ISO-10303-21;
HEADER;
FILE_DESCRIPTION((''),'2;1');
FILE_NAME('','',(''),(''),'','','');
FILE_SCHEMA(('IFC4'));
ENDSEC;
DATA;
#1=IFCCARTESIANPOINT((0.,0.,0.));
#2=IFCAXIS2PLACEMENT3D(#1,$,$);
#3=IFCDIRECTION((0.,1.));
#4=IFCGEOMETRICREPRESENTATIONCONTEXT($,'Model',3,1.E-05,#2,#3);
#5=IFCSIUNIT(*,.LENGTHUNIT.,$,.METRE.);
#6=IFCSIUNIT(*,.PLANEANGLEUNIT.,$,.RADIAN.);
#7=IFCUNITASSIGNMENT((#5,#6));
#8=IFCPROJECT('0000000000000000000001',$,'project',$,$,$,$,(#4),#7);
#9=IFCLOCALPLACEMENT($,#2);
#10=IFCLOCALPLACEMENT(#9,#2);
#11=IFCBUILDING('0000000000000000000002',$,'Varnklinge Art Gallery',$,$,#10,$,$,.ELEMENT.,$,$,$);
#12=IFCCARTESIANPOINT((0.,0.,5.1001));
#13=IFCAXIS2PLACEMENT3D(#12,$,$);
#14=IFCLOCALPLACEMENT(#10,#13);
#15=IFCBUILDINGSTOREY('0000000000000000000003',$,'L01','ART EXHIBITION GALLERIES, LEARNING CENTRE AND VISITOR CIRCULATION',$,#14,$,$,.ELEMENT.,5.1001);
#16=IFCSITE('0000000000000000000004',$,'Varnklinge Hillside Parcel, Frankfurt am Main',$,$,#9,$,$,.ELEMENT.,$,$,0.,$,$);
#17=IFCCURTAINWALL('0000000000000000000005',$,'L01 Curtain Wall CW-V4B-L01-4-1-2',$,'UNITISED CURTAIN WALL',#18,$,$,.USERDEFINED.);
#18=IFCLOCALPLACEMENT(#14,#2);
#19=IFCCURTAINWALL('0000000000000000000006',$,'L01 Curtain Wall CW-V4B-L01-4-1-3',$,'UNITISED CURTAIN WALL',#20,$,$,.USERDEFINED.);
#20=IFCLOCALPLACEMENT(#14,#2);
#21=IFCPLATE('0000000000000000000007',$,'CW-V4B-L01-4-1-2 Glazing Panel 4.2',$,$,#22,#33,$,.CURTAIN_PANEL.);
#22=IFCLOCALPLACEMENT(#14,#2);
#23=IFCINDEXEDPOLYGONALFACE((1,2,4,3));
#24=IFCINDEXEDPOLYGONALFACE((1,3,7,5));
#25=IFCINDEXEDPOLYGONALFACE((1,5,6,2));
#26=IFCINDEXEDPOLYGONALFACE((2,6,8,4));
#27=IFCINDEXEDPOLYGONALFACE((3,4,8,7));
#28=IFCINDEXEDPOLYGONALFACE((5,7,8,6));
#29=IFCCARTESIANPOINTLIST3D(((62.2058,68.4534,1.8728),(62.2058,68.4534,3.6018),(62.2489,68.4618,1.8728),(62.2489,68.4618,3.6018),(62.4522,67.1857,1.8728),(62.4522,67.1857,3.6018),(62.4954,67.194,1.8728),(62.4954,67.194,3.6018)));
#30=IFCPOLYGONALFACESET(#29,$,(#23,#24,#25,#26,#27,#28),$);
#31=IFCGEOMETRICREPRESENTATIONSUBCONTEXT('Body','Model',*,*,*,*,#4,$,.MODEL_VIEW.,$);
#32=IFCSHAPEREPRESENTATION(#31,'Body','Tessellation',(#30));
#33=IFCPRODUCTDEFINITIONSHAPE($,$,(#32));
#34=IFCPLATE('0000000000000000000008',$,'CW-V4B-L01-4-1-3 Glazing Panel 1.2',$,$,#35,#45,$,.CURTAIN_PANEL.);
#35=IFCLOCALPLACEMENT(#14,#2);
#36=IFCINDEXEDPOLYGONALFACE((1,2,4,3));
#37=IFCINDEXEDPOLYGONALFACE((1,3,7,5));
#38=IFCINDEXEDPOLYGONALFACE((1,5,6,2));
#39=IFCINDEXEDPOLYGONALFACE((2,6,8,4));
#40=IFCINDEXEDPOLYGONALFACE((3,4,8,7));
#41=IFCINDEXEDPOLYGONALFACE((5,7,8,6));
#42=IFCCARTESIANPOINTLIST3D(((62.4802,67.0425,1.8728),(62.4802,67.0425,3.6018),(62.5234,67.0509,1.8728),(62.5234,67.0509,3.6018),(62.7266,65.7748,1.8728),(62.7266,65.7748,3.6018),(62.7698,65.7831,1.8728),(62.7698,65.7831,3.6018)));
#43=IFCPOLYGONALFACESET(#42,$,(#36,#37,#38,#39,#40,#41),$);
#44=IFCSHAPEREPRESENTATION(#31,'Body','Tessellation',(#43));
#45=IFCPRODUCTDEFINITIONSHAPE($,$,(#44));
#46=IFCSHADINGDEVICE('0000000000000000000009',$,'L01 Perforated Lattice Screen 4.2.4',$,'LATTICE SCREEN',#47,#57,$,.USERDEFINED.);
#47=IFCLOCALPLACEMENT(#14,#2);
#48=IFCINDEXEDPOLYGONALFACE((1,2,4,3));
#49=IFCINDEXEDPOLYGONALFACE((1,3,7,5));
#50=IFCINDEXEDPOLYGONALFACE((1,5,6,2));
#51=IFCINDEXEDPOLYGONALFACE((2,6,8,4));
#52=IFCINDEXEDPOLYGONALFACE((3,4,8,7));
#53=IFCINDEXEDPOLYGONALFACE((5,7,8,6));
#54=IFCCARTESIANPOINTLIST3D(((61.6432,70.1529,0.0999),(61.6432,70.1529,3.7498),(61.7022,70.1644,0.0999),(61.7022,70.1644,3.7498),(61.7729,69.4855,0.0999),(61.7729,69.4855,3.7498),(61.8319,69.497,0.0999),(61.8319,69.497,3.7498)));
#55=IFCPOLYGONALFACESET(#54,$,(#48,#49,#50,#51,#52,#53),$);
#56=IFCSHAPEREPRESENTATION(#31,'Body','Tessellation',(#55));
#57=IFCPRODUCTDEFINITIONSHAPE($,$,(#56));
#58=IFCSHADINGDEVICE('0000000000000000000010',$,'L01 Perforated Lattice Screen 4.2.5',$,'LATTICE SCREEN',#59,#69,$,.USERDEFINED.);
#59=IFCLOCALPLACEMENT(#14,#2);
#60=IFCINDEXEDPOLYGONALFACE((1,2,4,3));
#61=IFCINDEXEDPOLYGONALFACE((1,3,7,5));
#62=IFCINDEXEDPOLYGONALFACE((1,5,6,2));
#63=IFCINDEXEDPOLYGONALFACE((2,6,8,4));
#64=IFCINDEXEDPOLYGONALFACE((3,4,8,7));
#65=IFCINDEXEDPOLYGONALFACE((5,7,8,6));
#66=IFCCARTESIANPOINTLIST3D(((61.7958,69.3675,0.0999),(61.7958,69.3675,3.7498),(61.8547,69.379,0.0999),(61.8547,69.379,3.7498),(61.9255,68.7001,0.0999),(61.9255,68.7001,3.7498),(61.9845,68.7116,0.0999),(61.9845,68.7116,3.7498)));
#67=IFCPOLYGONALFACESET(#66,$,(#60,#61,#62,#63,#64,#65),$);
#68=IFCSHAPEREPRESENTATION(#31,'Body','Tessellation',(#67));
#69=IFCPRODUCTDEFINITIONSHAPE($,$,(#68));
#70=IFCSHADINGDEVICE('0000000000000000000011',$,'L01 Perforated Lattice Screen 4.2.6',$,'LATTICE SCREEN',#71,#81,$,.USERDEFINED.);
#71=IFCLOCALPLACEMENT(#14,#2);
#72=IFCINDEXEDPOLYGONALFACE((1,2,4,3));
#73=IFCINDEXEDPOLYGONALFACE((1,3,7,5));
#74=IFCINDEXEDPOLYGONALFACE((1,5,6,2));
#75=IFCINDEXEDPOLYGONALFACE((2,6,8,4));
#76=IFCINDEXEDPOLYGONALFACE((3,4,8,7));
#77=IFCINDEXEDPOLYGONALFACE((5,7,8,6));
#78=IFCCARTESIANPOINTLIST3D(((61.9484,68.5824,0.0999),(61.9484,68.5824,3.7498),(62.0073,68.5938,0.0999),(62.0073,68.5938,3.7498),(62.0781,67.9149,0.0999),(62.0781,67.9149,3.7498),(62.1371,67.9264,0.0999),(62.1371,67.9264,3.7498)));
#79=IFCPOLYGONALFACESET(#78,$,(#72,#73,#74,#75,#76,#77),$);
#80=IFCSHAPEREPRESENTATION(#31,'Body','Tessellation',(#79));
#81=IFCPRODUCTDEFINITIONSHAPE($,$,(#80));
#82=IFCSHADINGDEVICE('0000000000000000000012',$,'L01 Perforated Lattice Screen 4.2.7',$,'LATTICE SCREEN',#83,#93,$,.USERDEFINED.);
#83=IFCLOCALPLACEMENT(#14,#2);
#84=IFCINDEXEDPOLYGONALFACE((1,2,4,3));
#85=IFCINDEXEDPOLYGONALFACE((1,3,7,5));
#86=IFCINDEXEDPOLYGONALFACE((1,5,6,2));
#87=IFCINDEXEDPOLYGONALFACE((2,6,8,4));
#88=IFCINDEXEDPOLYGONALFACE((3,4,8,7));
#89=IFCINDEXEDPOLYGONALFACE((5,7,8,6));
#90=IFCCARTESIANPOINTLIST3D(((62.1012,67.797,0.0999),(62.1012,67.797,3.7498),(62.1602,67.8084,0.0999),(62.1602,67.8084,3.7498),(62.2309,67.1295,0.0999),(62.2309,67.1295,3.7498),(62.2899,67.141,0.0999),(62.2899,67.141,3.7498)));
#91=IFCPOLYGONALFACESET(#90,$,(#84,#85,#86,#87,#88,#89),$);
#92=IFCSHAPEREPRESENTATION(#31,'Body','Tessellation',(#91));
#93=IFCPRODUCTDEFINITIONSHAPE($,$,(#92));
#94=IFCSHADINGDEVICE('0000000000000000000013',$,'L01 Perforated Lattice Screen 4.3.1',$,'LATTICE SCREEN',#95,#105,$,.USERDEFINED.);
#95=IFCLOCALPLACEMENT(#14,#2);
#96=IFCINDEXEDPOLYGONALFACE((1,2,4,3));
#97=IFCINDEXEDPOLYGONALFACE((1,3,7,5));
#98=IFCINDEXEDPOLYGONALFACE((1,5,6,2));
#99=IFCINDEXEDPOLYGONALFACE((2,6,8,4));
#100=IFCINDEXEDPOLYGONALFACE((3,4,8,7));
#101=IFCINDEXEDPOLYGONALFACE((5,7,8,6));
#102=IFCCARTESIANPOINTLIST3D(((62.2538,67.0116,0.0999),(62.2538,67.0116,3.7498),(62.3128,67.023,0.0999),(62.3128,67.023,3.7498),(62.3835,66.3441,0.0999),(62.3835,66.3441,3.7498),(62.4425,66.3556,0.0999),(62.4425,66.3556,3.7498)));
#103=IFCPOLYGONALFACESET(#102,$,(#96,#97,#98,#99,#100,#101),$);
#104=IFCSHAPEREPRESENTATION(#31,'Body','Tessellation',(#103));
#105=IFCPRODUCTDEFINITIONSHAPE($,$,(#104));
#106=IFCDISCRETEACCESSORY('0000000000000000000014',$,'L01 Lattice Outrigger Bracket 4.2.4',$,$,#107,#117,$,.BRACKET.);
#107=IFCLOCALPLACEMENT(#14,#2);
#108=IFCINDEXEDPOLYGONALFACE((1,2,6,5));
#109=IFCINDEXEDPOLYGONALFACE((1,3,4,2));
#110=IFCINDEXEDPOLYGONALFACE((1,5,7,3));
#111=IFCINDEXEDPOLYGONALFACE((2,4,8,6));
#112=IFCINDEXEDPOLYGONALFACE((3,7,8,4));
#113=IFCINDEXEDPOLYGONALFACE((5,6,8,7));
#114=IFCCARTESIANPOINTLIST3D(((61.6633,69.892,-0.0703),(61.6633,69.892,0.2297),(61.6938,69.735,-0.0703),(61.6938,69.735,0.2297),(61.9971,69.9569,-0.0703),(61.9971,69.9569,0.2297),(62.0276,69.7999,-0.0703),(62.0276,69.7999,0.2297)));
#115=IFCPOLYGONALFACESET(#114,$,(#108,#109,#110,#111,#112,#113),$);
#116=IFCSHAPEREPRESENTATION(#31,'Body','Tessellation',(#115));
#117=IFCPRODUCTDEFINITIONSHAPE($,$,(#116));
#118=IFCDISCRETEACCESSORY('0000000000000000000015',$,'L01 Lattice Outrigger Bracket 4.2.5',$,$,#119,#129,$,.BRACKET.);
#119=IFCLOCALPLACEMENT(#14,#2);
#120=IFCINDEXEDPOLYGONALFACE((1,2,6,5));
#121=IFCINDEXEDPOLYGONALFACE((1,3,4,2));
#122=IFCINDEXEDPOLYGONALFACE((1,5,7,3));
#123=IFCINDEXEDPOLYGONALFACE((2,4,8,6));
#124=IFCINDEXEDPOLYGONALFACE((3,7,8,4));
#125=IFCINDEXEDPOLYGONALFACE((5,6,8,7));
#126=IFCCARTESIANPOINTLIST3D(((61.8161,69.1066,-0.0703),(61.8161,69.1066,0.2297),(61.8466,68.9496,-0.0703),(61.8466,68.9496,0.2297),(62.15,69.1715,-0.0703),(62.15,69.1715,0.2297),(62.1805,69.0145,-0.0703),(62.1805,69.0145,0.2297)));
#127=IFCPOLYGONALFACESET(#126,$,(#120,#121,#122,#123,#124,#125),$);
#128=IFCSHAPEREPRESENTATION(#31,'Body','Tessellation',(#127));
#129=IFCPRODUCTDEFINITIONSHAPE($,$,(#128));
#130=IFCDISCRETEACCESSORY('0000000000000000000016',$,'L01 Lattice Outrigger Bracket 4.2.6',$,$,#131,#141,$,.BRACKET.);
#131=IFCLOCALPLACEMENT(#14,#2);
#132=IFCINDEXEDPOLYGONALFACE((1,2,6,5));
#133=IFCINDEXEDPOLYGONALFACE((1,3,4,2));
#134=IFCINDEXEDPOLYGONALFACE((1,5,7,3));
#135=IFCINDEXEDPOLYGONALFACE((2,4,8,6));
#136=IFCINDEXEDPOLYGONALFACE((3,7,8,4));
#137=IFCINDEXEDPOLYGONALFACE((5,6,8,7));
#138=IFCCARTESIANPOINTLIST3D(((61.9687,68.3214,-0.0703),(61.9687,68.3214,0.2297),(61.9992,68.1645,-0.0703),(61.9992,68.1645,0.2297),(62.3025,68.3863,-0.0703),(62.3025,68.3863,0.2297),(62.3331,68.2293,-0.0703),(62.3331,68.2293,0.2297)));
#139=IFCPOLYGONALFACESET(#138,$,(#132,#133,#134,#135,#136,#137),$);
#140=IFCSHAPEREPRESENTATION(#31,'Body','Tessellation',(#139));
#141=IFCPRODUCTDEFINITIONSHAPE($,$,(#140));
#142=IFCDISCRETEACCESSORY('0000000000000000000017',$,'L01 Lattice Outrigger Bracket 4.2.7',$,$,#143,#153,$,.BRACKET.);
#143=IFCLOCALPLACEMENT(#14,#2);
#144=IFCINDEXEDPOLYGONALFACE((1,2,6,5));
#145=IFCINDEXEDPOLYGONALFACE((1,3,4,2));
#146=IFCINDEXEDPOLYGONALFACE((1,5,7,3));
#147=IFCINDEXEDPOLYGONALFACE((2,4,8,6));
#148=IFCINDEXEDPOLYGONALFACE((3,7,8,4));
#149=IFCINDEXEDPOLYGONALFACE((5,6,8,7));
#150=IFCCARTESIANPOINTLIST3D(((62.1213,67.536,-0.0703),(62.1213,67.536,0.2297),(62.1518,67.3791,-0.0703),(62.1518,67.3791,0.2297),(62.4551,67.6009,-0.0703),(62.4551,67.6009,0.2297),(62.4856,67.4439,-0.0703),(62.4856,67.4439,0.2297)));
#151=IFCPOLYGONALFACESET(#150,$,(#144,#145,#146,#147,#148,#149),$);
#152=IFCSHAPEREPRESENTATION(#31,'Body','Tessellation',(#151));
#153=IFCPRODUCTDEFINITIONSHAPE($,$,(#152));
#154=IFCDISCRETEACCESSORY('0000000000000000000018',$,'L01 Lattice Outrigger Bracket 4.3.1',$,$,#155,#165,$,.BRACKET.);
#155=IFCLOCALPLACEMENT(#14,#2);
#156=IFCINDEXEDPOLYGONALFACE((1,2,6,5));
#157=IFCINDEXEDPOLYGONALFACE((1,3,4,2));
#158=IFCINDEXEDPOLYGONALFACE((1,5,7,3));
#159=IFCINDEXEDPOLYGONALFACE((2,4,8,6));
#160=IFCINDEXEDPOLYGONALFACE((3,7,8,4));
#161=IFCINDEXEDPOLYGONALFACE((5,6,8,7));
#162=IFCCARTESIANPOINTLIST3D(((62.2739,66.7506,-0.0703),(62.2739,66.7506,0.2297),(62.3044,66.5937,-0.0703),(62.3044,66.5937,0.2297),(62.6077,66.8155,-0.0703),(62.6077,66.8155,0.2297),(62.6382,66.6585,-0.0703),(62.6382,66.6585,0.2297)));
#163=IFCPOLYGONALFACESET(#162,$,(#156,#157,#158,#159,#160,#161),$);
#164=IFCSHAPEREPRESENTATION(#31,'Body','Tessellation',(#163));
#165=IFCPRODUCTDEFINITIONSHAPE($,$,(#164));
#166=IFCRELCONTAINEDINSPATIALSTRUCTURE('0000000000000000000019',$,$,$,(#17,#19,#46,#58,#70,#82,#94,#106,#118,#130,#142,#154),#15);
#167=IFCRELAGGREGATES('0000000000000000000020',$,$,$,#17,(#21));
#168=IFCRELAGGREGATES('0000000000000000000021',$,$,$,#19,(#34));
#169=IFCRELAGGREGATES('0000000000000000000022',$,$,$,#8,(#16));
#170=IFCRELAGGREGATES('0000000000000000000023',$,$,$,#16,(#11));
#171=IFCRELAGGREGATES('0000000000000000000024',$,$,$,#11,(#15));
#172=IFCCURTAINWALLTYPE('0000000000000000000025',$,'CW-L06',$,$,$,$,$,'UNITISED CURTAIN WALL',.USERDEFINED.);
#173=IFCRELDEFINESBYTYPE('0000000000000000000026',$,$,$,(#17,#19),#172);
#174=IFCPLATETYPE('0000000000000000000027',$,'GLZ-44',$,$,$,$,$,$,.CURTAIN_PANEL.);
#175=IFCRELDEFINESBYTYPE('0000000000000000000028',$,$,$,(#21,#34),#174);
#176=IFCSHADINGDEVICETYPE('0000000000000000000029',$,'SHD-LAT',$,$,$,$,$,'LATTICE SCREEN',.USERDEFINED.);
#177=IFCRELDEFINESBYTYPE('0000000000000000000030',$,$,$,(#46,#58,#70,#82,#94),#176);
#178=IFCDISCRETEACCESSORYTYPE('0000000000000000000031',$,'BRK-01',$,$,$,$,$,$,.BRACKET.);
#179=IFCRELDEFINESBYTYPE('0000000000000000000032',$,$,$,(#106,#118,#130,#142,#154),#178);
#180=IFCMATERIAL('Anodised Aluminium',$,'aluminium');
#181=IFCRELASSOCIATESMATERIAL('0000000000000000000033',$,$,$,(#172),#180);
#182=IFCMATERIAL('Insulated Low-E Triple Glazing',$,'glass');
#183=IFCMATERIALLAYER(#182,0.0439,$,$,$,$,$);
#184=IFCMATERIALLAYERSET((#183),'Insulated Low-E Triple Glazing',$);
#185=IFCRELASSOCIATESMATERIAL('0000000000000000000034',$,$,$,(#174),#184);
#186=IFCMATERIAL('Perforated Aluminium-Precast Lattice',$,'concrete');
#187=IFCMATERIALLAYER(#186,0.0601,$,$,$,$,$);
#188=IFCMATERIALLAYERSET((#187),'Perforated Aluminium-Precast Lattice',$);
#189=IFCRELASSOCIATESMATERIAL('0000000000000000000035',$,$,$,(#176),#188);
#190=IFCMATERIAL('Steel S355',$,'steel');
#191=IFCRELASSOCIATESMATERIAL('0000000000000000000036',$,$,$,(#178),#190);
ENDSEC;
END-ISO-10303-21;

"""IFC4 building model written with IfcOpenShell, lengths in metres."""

from ifc_helpers import new_model, si_unit, direction, frame, origin, origin_2d, place, context, subcontext, project, spatial, rectangle, extrude, material, layer, layer_set, type_object, element, aggregate, save


model = new_model("IFC4")

# Units and contexts
model_context = context("Model", 3, precision=1e-05, world=origin(), true_north=direction((0.0, 1.0)))
body_context = subcontext(model_context, "Body", "Model", "MODEL_VIEW")
ifc_project = project(units=[si_unit("LENGTHUNIT", "METRE"), si_unit("PLANEANGLEUNIT", "RADIAN")], contexts=[model_context])

# Site, building, storey
site_placement = place(None, origin())
site = spatial("IfcSite", under=ifc_project, at=site_placement, Name="Varnklinge Hillside Parcel, Frankfurt am Main", CompositionType="ELEMENT", RefElevation=0.0)
building_placement = place(site_placement, origin())
building = spatial("IfcBuilding", under=site, at=building_placement, Name="Varnklinge Art Gallery", CompositionType="ELEMENT")
storey_placement = place(building_placement, frame((0.0, 0.0, 5.1001)))
storey = spatial("IfcBuildingStorey", under=building, at=storey_placement, Name="L01", Description="ART EXHIBITION GALLERIES, LEARNING CENTRE AND VISITOR CIRCULATION", CompositionType="ELEMENT", Elevation=5.1001)

# Curtain walls
ifc_material_1 = material(Name="Anodised Aluminium", Category="aluminium")
curtain_wall_type = type_object("IfcCurtainWallType", Name="CW-L06", ElementType="UNITISED CURTAIN WALL", PredefinedType="USERDEFINED", material=ifc_material_1)
curtain_wall_1_placement = place(storey_placement, origin())
curtain_wall_1 = element("IfcCurtainWall", 1, at=curtain_wall_1_placement, inside=storey, type_object=curtain_wall_type, Name="L01 Curtain Wall CW-V4B-L01-4-1-2", ObjectType="UNITISED CURTAIN WALL", PredefinedType="USERDEFINED")
curtain_wall_2_placement = place(storey_placement, origin())
curtain_wall_2 = element("IfcCurtainWall", 2, at=curtain_wall_2_placement, inside=storey, type_object=curtain_wall_type, Name="L01 Curtain Wall CW-V4B-L01-4-1-3", ObjectType="UNITISED CURTAIN WALL", PredefinedType="USERDEFINED")

# Plates
ifc_material_2 = material(Name="Insulated Low-E Triple Glazing", Category="glass")
ifc_layer_1 = layer(ifc_material_2, 0.0439)
ifc_layer_set_1 = layer_set([ifc_layer_1], Name="Insulated Low-E Triple Glazing")
plate_type = type_object("IfcPlateType", Name="GLZ-44", PredefinedType="CURTAIN_PANEL", material=ifc_layer_set_1)
plate_1_placement = place(storey_placement, frame((62.3506, 67.8237, 1.8728), z_axis=(0.0, 0.0, 1.0), x_axis=(0.190809, -0.981627, 0.0)))
plate_1 = element("IfcPlate", 3, at=plate_1_placement, type_object=plate_type, Name="CW-V4B-L01-4-1-2 Glazing Panel 4.2", PredefinedType="CURTAIN_PANEL", context=body_context, shape_type="SweptSolid", body=[
    extrude(rectangle(XDim=1.2915, YDim=0.0439, at=origin_2d()), origin(), (0.0, 0.0, 1.0), 1.729),
])
aggregate(curtain_wall_1, [plate_1])
plate_2_placement = place(storey_placement, frame((62.625, 66.4128, 1.8728), z_axis=(0.0, 0.0, 1.0), x_axis=(0.190809, -0.981627, 0.0)))
plate_2 = element("IfcPlate", 4, at=plate_2_placement, type_object=plate_type, Name="CW-V4B-L01-4-1-3 Glazing Panel 1.2", PredefinedType="CURTAIN_PANEL", context=body_context, shape_type="SweptSolid", body=[
    extrude(rectangle(XDim=1.2915, YDim=0.0439, at=origin_2d()), origin(), (0.0, 0.0, 1.0), 1.729),
])
aggregate(curtain_wall_2, [plate_2])

# Shading devices
ifc_material_3 = material(Name="Perforated Aluminium-Precast Lattice", Category="concrete")
ifc_layer_2 = layer(ifc_material_3, 0.0601)
ifc_layer_set_2 = layer_set([ifc_layer_2], Name="Perforated Aluminium-Precast Lattice")
shading_device_type = type_object("IfcShadingDeviceType", Name="SHD-LAT", ElementType="LATTICE SCREEN", PredefinedType="USERDEFINED", material=ifc_layer_set_2)
for number, where, z_axis, x_axis, name in (
    (5, (61.7375, 69.825, 0.0999), (0.0, 0.0, 1.0), (0.190809, -0.981627, 0.0), "L01 Perforated Lattice Screen 4.2.4"),
    (6, (61.8901, 69.0396, 0.0999), (0.0, 0.0, 1.0), (0.190809, -0.981627, 0.0), "L01 Perforated Lattice Screen 4.2.5"),
    (7, (62.0427, 68.2544, 0.0999), (0.0, 0.0, 1.0), (0.190809, -0.981627, 0.0), "L01 Perforated Lattice Screen 4.2.6"),
    (8, (62.1956, 67.469, 0.0999), (0.0, 0.0, 1.0), (0.190809, -0.981627, 0.0), "L01 Perforated Lattice Screen 4.2.7"),
    (9, (62.3481, 66.6836, 0.0999), (0.0, 0.0, 1.0), (0.190809, -0.981627, 0.0), "L01 Perforated Lattice Screen 4.3.1"),
):
    element("IfcShadingDevice", number, at=place(storey_placement, frame(where, z_axis=z_axis, x_axis=x_axis)), inside=storey, type_object=shading_device_type, Name=name, ObjectType="LATTICE SCREEN", PredefinedType="USERDEFINED", context=body_context, shape_type="SweptSolid", body=[
        extrude(rectangle(XDim=0.6799, YDim=0.0601, at=origin_2d()), origin(), (0.0, 0.0, 1.0), 3.6499),
    ])

# Discrete accessories
ifc_material_4 = material(Name="Steel S355", Category="steel")
discrete_accessory_type = type_object("IfcDiscreteAccessoryType", Name="BRK-01", PredefinedType="BRACKET", material=ifc_material_4)
for number, where, z_axis, x_axis, name in (
    (10, (61.8455, 69.8459, -0.0703), (0.0, 0.0, 1.0), (0.190809, -0.981627, 0.0), "L01 Lattice Outrigger Bracket 4.2.4"),
    (11, (61.9983, 69.0605, -0.0703), (0.0, 0.0, 1.0), (0.190809, -0.981627, 0.0), "L01 Lattice Outrigger Bracket 4.2.5"),
    (12, (62.1509, 68.2754, -0.0703), (0.0, 0.0, 1.0), (0.190809, -0.981627, 0.0), "L01 Lattice Outrigger Bracket 4.2.6"),
    (13, (62.3035, 67.49, -0.0703), (0.0, 0.0, 1.0), (0.190809, -0.981627, 0.0), "L01 Lattice Outrigger Bracket 4.2.7"),
    (14, (62.4561, 66.7046, -0.0703), (0.0, 0.0, 1.0), (0.190809, -0.981627, 0.0), "L01 Lattice Outrigger Bracket 4.3.1"),
):
    element("IfcDiscreteAccessory", number, at=place(storey_placement, frame(where, z_axis=z_axis, x_axis=x_axis)), inside=storey, type_object=discrete_accessory_type, Name=name, PredefinedType="BRACKET", context=body_context, shape_type="SweptSolid", body=[
        extrude(rectangle(XDim=0.1599, YDim=0.3401, at=origin_2d()), origin(), (0.0, 0.0, 1.0), 0.3),
    ])

save(model, "model.ifc")
